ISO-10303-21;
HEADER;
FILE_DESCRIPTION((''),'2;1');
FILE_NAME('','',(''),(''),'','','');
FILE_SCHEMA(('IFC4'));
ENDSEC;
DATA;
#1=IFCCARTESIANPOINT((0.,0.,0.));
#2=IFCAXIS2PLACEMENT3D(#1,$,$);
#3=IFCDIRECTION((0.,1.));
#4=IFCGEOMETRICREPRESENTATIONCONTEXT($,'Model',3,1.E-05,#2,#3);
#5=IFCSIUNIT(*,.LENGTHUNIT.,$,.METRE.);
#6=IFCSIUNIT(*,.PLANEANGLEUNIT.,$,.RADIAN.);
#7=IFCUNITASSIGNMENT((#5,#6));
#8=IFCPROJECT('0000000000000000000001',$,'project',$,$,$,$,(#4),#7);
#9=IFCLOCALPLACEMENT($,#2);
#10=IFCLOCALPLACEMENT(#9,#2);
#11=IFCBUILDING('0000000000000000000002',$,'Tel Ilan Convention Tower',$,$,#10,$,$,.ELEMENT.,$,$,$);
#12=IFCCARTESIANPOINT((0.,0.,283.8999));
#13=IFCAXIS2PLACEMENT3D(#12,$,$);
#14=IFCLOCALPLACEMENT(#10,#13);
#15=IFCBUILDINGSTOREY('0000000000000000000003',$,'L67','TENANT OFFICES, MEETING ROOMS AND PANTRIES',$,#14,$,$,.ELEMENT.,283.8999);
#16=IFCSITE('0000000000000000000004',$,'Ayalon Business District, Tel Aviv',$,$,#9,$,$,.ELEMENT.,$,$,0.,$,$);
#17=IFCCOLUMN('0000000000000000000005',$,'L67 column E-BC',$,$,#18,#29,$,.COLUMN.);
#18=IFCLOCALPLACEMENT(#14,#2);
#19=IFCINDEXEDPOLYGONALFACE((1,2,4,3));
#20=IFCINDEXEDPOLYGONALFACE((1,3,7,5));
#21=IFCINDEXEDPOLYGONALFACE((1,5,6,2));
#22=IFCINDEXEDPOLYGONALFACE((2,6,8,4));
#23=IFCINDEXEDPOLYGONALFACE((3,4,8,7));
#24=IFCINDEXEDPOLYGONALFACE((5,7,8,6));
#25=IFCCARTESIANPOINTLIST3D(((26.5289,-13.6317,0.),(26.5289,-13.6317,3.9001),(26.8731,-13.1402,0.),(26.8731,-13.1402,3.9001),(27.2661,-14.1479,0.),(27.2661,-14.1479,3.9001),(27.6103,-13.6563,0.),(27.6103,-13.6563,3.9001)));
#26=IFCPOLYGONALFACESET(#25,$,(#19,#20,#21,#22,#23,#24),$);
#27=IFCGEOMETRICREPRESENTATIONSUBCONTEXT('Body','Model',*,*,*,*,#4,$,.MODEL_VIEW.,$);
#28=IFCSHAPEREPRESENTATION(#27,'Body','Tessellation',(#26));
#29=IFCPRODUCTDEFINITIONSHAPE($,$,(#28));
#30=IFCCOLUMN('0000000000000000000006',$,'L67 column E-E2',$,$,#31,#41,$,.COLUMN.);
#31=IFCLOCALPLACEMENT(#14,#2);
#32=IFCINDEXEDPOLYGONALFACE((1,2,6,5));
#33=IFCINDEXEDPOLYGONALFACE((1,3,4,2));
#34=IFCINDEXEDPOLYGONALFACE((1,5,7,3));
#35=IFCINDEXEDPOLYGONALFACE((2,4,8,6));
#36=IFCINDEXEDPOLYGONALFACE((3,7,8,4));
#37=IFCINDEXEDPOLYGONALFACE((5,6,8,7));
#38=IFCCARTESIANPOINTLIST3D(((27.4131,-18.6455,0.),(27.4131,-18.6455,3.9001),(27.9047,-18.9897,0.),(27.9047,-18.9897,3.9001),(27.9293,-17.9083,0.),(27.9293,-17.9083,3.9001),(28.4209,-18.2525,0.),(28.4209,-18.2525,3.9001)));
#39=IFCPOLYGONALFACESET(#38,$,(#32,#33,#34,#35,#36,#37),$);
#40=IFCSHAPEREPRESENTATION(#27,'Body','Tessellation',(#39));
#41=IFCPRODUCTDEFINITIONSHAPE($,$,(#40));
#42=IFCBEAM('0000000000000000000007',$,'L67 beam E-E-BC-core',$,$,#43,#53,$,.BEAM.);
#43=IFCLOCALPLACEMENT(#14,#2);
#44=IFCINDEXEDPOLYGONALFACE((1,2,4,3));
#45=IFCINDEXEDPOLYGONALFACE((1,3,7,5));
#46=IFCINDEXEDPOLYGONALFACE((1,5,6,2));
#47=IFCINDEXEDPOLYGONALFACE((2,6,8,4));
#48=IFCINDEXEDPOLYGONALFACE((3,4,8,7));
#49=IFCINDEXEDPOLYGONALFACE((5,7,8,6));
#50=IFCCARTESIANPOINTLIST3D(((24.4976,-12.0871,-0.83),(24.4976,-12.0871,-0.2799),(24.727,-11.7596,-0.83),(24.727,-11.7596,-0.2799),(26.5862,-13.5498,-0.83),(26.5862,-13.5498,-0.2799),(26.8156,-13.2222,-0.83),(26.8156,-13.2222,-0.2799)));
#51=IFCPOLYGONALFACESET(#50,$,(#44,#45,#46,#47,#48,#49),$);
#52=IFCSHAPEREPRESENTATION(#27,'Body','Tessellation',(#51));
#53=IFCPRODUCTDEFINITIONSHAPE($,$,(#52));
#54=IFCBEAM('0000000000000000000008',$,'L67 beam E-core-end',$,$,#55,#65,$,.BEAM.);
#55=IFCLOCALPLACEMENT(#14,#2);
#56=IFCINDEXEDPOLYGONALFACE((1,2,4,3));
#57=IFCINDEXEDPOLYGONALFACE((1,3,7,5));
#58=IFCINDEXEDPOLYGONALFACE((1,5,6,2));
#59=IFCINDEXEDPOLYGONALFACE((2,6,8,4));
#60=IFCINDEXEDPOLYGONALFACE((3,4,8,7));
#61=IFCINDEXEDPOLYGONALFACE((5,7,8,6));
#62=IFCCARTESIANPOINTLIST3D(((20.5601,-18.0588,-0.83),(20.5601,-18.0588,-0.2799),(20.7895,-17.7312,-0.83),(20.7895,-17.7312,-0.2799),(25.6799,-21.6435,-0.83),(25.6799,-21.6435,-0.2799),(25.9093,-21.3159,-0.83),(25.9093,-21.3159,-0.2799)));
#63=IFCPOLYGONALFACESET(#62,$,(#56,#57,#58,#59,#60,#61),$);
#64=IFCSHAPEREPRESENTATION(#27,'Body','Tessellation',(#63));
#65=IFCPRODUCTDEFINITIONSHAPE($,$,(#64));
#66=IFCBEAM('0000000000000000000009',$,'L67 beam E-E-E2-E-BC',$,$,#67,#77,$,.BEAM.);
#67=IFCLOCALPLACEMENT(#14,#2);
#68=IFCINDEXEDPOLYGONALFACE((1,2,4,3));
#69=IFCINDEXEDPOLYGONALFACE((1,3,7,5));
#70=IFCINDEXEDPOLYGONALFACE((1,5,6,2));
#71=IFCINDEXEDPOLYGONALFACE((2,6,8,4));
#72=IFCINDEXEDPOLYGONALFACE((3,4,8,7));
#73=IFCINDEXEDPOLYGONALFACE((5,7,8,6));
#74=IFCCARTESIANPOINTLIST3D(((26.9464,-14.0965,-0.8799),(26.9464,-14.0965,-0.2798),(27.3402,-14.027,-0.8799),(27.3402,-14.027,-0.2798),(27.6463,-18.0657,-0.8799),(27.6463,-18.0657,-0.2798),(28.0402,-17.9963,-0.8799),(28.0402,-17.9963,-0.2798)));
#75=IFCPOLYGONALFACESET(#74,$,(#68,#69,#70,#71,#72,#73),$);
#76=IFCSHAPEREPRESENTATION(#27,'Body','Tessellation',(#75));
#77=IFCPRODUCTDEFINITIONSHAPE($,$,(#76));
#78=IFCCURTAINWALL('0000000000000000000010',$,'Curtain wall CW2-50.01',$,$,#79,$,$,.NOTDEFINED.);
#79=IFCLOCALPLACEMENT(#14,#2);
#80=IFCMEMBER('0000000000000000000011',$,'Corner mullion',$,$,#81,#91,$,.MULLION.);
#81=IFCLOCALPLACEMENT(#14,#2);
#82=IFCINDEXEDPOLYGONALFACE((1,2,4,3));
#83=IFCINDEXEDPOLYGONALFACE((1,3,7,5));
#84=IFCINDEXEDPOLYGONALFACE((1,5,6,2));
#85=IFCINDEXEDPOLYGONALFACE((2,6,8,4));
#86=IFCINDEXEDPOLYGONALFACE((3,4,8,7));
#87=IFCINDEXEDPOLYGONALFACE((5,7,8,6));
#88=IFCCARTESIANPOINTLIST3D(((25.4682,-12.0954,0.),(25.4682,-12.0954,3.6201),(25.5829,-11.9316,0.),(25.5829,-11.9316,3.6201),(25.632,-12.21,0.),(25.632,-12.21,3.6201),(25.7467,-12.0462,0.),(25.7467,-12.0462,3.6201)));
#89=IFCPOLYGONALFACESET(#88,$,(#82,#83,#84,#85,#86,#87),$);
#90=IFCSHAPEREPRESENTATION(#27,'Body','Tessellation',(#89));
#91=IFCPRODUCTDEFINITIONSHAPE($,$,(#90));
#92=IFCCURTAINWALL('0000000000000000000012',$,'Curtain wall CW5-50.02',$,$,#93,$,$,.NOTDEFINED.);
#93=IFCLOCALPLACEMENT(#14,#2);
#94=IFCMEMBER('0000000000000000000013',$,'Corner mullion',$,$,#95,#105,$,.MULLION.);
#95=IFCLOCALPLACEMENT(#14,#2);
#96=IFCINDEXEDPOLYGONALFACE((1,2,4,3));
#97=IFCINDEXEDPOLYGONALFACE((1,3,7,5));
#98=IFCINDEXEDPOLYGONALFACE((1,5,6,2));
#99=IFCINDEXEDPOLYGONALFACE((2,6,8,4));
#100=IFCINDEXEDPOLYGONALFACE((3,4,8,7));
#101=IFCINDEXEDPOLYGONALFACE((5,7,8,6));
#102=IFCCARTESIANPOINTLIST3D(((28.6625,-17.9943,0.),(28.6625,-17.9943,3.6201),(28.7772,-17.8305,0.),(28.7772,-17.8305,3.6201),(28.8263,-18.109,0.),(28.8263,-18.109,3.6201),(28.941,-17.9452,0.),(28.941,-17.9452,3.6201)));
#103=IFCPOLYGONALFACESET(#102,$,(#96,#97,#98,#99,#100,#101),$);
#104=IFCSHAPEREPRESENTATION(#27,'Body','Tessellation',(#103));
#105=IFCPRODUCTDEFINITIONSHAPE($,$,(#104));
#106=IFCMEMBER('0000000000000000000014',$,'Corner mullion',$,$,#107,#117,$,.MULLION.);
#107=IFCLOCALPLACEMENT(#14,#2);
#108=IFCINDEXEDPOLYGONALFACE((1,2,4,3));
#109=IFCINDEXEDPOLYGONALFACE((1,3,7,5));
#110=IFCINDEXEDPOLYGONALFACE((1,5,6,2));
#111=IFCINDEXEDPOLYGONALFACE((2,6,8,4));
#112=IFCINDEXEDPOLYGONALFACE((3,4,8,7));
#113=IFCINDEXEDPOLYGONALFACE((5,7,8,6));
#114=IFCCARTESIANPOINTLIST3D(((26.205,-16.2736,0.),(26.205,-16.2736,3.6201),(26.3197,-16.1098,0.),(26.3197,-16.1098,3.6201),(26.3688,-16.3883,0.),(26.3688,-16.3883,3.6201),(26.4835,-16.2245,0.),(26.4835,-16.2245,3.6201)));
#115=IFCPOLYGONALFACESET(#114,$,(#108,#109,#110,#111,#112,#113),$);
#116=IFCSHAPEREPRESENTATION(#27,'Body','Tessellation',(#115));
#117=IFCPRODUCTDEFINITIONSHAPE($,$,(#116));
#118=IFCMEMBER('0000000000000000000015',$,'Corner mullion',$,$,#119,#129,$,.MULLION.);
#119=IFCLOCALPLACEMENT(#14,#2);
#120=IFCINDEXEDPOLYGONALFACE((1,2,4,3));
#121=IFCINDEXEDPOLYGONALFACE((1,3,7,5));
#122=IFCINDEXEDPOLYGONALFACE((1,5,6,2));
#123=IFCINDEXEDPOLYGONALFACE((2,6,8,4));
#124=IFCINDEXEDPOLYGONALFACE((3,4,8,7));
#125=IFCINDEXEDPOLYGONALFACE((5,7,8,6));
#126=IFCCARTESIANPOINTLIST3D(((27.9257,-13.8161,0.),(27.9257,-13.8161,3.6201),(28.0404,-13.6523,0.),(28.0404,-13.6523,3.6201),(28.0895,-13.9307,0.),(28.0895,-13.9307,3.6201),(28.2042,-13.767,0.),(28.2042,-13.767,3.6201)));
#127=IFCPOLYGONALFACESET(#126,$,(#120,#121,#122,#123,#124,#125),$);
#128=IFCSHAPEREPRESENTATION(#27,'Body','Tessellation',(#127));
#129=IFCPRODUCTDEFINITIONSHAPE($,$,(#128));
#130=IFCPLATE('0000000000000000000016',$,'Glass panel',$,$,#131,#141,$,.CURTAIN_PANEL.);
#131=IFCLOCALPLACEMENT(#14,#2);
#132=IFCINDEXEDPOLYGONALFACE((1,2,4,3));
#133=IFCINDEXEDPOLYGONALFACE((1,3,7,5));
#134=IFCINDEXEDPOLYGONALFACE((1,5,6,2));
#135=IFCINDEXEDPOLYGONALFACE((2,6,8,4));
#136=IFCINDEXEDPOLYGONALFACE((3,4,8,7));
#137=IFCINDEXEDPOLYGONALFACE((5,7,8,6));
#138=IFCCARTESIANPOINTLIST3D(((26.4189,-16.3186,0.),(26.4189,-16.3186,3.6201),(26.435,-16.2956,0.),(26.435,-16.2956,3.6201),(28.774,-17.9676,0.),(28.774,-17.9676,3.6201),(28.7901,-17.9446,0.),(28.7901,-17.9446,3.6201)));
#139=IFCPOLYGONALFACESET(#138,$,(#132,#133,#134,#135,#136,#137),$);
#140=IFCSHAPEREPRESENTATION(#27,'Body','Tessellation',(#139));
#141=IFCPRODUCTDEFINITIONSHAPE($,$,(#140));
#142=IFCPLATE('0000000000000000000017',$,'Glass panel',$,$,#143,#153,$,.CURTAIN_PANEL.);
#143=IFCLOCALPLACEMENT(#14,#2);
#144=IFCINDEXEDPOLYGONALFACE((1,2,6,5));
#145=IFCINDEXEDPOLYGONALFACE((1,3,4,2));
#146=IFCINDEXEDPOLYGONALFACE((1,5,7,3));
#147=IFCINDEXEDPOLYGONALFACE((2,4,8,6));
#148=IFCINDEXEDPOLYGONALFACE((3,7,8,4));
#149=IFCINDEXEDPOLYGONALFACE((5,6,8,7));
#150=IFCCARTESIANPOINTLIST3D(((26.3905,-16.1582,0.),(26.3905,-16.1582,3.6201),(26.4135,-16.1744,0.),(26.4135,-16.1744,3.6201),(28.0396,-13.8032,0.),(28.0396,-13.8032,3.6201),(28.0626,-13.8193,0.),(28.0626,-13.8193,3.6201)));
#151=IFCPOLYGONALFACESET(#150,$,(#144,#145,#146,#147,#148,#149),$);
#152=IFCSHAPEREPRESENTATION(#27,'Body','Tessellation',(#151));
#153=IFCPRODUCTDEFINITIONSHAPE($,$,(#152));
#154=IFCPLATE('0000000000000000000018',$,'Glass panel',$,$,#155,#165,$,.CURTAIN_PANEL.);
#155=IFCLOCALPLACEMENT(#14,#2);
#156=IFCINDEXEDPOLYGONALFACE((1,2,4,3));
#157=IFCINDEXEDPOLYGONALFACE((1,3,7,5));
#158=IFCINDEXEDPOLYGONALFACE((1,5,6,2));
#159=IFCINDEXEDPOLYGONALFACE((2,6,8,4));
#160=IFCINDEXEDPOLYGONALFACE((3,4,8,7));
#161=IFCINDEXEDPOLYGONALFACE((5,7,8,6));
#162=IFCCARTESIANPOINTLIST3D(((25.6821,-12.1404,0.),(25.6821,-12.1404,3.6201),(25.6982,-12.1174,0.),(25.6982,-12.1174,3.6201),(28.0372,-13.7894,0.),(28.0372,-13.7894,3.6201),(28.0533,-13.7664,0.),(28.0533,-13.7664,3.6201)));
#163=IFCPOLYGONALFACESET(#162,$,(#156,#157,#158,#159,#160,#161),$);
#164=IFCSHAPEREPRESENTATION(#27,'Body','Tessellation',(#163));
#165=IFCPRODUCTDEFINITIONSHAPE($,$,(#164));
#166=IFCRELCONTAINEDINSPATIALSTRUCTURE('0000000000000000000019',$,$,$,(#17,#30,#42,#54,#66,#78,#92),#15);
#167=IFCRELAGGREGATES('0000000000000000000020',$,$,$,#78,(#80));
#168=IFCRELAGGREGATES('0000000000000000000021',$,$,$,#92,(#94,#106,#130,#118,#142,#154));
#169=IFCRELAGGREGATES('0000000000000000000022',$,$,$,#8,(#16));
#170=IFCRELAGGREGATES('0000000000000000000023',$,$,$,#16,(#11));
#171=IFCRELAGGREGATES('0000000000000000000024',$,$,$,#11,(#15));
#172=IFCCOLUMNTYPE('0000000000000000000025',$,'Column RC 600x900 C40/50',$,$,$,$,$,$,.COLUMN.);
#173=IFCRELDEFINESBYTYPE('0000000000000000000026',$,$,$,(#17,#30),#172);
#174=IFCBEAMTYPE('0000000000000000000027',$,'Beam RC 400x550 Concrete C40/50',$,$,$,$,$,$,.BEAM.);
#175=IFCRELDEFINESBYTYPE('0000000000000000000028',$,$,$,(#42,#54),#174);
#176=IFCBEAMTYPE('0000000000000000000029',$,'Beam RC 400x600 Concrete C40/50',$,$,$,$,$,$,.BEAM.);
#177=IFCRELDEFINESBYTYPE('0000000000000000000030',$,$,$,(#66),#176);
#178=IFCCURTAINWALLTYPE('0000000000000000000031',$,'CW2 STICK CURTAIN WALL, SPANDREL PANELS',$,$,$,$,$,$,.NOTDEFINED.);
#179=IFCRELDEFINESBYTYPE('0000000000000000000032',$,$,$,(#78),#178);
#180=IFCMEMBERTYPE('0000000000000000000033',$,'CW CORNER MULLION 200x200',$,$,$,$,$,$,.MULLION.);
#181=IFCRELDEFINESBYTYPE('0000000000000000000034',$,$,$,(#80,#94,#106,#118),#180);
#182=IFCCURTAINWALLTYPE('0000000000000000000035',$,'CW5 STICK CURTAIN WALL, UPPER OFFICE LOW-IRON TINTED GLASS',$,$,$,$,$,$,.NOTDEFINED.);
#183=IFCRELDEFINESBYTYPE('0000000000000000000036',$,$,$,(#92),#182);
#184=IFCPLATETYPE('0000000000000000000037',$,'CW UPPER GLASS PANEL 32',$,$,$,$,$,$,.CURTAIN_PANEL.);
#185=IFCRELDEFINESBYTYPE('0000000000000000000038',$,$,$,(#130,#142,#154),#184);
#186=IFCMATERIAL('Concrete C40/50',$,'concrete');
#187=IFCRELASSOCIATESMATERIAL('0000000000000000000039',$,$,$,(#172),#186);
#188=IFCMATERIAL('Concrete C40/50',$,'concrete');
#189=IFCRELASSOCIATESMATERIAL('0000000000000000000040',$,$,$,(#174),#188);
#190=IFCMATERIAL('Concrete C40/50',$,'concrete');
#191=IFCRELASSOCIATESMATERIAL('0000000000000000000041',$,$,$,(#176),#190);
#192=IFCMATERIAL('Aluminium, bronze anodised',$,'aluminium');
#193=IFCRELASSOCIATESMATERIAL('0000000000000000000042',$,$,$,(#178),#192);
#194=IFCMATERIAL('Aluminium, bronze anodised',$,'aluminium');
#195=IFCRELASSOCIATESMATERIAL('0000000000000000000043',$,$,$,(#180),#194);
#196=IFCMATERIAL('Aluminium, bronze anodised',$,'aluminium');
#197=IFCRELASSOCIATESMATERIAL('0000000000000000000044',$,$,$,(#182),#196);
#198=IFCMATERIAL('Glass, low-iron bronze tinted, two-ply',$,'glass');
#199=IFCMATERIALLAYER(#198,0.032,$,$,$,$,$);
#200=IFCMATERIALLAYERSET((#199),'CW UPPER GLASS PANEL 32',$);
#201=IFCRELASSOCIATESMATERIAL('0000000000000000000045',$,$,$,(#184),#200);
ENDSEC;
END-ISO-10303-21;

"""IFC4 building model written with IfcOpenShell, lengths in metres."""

from ifc_helpers import new_model, si_unit, direction, frame, origin, origin_2d, place, context, subcontext, project, spatial, rectangle, extrude, material, layer, layer_set, material_profile, profile_set, type_object, element, aggregate, save


model = new_model("IFC4")

# Units and contexts
model_context = context("Model", 3, precision=1e-05, world=origin(), true_north=direction((0.0, 1.0)))
body_context = subcontext(model_context, "Body", "Model", "MODEL_VIEW")
ifc_project = project(units=[si_unit("LENGTHUNIT", "METRE"), si_unit("PLANEANGLEUNIT", "RADIAN")], contexts=[model_context])

# Site, building, storey
site_placement = place(None, origin())
site = spatial("IfcSite", under=ifc_project, at=site_placement, Name="Ayalon Business District, Tel Aviv", CompositionType="ELEMENT", RefElevation=0.0)
building_placement = place(site_placement, origin())
building = spatial("IfcBuilding", under=site, at=building_placement, Name="Tel Ilan Convention Tower", CompositionType="ELEMENT")
storey_placement = place(building_placement, frame((0.0, 0.0, 283.8999)))
storey = spatial("IfcBuildingStorey", under=building, at=storey_placement, Name="L67", Description="TENANT OFFICES, MEETING ROOMS AND PANTRIES", CompositionType="ELEMENT", Elevation=283.8999)

# Columns
ifc_material_1 = material(Name="Concrete C40/50", Category="concrete")
ifc_material_profile_1 = material_profile(ifc_material_1, rectangle(XDim=0.8999, YDim=0.6001, at=origin_2d()), Name="RC 600x900")
ifc_profile_set_1 = profile_set([ifc_material_profile_1], Name="Concrete C40/50")
column_type = type_object("IfcColumnType", Name="Column RC 600x900 C40/50", PredefinedType="COLUMN", material=ifc_profile_set_1)
for number, where, z_axis, x_axis, name in (
    (1, (27.0696, -13.644, 0.0), (0.0, 0.0, 1.0), (0.819152, -0.573576, 0.0), "L67 column E-BC"),
    (2, (27.917, -18.449, 0.0), (0.0, 0.0, 1.0), (0.573576, 0.819152, 0.0), "L67 column E-E2"),
):
    element("IfcColumn", number, at=place(storey_placement, frame(where, z_axis=z_axis, x_axis=x_axis)), inside=storey, type_object=column_type, Name=name, PredefinedType="COLUMN", context=body_context, shape_type="SweptSolid", body=[
        extrude(rectangle(XDim=0.8999, YDim=0.6001, at=origin_2d()), origin(), (0.0, 0.0, 1.0), 3.9001),
    ])

# Beams
ifc_material_2 = material(Name="Concrete C40/50", Category="concrete")
ifc_material_profile_2 = material_profile(ifc_material_2, rectangle(XDim=0.3999, YDim=0.55, at=origin_2d()), Name="RC 400x550")
ifc_profile_set_2 = profile_set([ifc_material_profile_2], Name="Concrete C40/50")
beam_type_1 = type_object("IfcBeamType", Name="Beam RC 400x550 Concrete C40/50", PredefinedType="BEAM", material=ifc_profile_set_2)
beam_1_placement = place(storey_placement, frame((26.7009, -13.386, -0.5549), z_axis=(-0.819119, 0.573623, 0.0), x_axis=(-0.573623, -0.819119, 0.0)))
element("IfcBeam", 3, at=beam_1_placement, inside=storey, type_object=beam_type_1, Name="L67 beam E-E-BC-core", PredefinedType="BEAM", context=body_context, shape_type="SweptSolid", body=[
    extrude(rectangle(XDim=0.3999, YDim=0.55, at=origin_2d()), origin(), (0.0, 0.0, 1.0), 2.5498),
])
beam_2_placement = place(storey_placement, frame((20.6748, -17.895, -0.5549), z_axis=(0.819171, -0.573549, 0.0), x_axis=(0.573549, 0.819171, 0.0)))
element("IfcBeam", 4, at=beam_2_placement, inside=storey, type_object=beam_type_1, Name="L67 beam E-core-end", PredefinedType="BEAM", context=body_context, shape_type="SweptSolid", body=[
    extrude(rectangle(XDim=0.3999, YDim=0.55, at=origin_2d()), origin(), (0.0, 0.0, 1.0), 6.25),
])
ifc_material_3 = material(Name="Concrete C40/50", Category="concrete")
ifc_material_profile_3 = material_profile(ifc_material_3, rectangle(XDim=0.3999, YDim=0.6001, at=origin_2d()), Name="RC 400x600")
ifc_profile_set_3 = profile_set([ifc_material_profile_3], Name="Concrete C40/50")
beam_type_2 = type_object("IfcBeamType", Name="Beam RC 400x600 Concrete C40/50", PredefinedType="BEAM", material=ifc_profile_set_3)
beam_3_placement = place(storey_placement, frame((27.8433, -18.031, -0.5798), z_axis=(-0.173664, 0.984805, 0.0), x_axis=(-0.984805, -0.173664, 0.0)))
element("IfcBeam", 5, at=beam_3_placement, inside=storey, type_object=beam_type_2, Name="L67 beam E-E-E2-E-BC", PredefinedType="BEAM", context=body_context, shape_type="SweptSolid", body=[
    extrude(rectangle(XDim=0.3999, YDim=0.6001, at=origin_2d()), origin(), (0.0, 0.0, 1.0), 4.0305),
])

# Curtain wall, member
ifc_material_4 = material(Name="Aluminium, bronze anodised", Category="aluminium")
curtain_wall_type_1 = type_object("IfcCurtainWallType", Name="CW2 STICK CURTAIN WALL, SPANDREL PANELS", PredefinedType="NOTDEFINED", material=ifc_material_4)
curtain_wall_1_placement = place(storey_placement, origin())
curtain_wall_1 = element("IfcCurtainWall", 6, at=curtain_wall_1_placement, inside=storey, type_object=curtain_wall_type_1, Name="Curtain wall CW2-50.01", PredefinedType="NOTDEFINED")
ifc_material_5 = material(Name="Aluminium, bronze anodised", Category="aluminium")
ifc_material_profile_4 = material_profile(ifc_material_5, rectangle(XDim=0.2, YDim=0.2, at=origin_2d()), Name="CW CORNER MULLION 200x200")
ifc_profile_set_4 = profile_set([ifc_material_profile_4], Name="Aluminium, bronze anodised")
member_type = type_object("IfcMemberType", Name="CW CORNER MULLION 200x200", PredefinedType="MULLION", material=ifc_profile_set_4)
member_1_placement = place(storey_placement, frame((25.6074, -12.0708, 0.0), z_axis=(0.0, 0.0, 1.0), x_axis=(-0.819152, 0.573576, 0.0)))
member_1 = element("IfcMember", 7, at=member_1_placement, type_object=member_type, Name="Corner mullion", PredefinedType="MULLION", context=body_context, shape_type="SweptSolid", body=[
    extrude(rectangle(XDim=0.2, YDim=0.2, at=origin_2d()), origin(), (0.0, 0.0, 1.0), 3.6201),
])
aggregate(curtain_wall_1, [member_1])

# Curtain wall, members, plates
ifc_material_6 = material(Name="Aluminium, bronze anodised", Category="aluminium")
curtain_wall_type_2 = type_object("IfcCurtainWallType", Name="CW5 STICK CURTAIN WALL, UPPER OFFICE LOW-IRON TINTED GLASS", PredefinedType="NOTDEFINED", material=ifc_material_6)
curtain_wall_2_placement = place(storey_placement, origin())
curtain_wall_2 = element("IfcCurtainWall", 8, at=curtain_wall_2_placement, inside=storey, type_object=curtain_wall_type_2, Name="Curtain wall CW5-50.02", PredefinedType="NOTDEFINED")
member_2_placement = place(storey_placement, frame((28.8018, -17.9697, 0.0), z_axis=(0.0, 0.0, 1.0), x_axis=(0.573576, 0.819152, 0.0)))
member_2 = element("IfcMember", 9, at=member_2_placement, type_object=member_type, Name="Corner mullion", PredefinedType="MULLION", context=body_context, shape_type="SweptSolid", body=[
    extrude(rectangle(XDim=0.2, YDim=0.2, at=origin_2d()), origin(), (0.0, 0.0, 1.0), 3.6201),
])
member_3_placement = place(storey_placement, frame((26.3442, -16.249, 0.0), z_axis=(0.0, 0.0, 1.0), x_axis=(-0.819152, 0.573576, 0.0)))
member_3 = element("IfcMember", 10, at=member_3_placement, type_object=member_type, Name="Corner mullion", PredefinedType="MULLION", context=body_context, shape_type="SweptSolid", body=[
    extrude(rectangle(XDim=0.2, YDim=0.2, at=origin_2d()), origin(), (0.0, 0.0, 1.0), 3.6201),
])
member_4_placement = place(storey_placement, frame((28.0649, -13.7915, 0.0), z_axis=(0.0, 0.0, 1.0), x_axis=(0.573576, 0.819152, 0.0)))
member_4 = element("IfcMember", 11, at=member_4_placement, type_object=member_type, Name="Corner mullion", PredefinedType="MULLION", context=body_context, shape_type="SweptSolid", body=[
    extrude(rectangle(XDim=0.2, YDim=0.2, at=origin_2d()), origin(), (0.0, 0.0, 1.0), 3.6201),
])
ifc_material_7 = material(Name="Glass, low-iron bronze tinted, two-ply", Category="glass")
ifc_layer_1 = layer(ifc_material_7, 0.032)
ifc_layer_set_1 = layer_set([ifc_layer_1], Name="CW UPPER GLASS PANEL 32")
plate_type = type_object("IfcPlateType", Name="CW UPPER GLASS PANEL 32", PredefinedType="CURTAIN_PANEL", material=ifc_layer_set_1)
plate_1_placement = place(storey_placement, frame((27.6045, -17.1316, 0.0), z_axis=(0.0, 0.0, 1.0), x_axis=(-0.819152, 0.573576, 0.0)))
plate_1 = element("IfcPlate", 12, at=plate_1_placement, type_object=plate_type, Name="Glass panel", PredefinedType="CURTAIN_PANEL", context=body_context, shape_type="SweptSolid", body=[
    extrude(rectangle(XDim=2.875, YDim=0.0281, at=origin_2d()), origin(), (0.0, 0.0, 1.0), 3.6201),
])
plate_2_placement = place(storey_placement, frame((27.2266, -14.9888, 0.0), z_axis=(0.0, 0.0, 1.0), x_axis=(0.573576, 0.819152, 0.0)))
plate_2 = element("IfcPlate", 13, at=plate_2_placement, type_object=plate_type, Name="Glass panel", PredefinedType="CURTAIN_PANEL", context=body_context, shape_type="SweptSolid", body=[
    extrude(rectangle(XDim=2.875, YDim=0.0281, at=origin_2d()), origin(), (0.0, 0.0, 1.0), 3.6201),
])
plate_3_placement = place(storey_placement, frame((26.8677, -12.9534, 0.0), z_axis=(0.0, 0.0, 1.0), x_axis=(-0.819152, 0.573576, 0.0)))
plate_3 = element("IfcPlate", 14, at=plate_3_placement, type_object=plate_type, Name="Glass panel", PredefinedType="CURTAIN_PANEL", context=body_context, shape_type="SweptSolid", body=[
    extrude(rectangle(XDim=2.875, YDim=0.0281, at=origin_2d()), origin(), (0.0, 0.0, 1.0), 3.6201),
])
aggregate(curtain_wall_2, [member_2, member_3, plate_1, member_4, plate_2, plate_3])

save(model, "model.ifc")
